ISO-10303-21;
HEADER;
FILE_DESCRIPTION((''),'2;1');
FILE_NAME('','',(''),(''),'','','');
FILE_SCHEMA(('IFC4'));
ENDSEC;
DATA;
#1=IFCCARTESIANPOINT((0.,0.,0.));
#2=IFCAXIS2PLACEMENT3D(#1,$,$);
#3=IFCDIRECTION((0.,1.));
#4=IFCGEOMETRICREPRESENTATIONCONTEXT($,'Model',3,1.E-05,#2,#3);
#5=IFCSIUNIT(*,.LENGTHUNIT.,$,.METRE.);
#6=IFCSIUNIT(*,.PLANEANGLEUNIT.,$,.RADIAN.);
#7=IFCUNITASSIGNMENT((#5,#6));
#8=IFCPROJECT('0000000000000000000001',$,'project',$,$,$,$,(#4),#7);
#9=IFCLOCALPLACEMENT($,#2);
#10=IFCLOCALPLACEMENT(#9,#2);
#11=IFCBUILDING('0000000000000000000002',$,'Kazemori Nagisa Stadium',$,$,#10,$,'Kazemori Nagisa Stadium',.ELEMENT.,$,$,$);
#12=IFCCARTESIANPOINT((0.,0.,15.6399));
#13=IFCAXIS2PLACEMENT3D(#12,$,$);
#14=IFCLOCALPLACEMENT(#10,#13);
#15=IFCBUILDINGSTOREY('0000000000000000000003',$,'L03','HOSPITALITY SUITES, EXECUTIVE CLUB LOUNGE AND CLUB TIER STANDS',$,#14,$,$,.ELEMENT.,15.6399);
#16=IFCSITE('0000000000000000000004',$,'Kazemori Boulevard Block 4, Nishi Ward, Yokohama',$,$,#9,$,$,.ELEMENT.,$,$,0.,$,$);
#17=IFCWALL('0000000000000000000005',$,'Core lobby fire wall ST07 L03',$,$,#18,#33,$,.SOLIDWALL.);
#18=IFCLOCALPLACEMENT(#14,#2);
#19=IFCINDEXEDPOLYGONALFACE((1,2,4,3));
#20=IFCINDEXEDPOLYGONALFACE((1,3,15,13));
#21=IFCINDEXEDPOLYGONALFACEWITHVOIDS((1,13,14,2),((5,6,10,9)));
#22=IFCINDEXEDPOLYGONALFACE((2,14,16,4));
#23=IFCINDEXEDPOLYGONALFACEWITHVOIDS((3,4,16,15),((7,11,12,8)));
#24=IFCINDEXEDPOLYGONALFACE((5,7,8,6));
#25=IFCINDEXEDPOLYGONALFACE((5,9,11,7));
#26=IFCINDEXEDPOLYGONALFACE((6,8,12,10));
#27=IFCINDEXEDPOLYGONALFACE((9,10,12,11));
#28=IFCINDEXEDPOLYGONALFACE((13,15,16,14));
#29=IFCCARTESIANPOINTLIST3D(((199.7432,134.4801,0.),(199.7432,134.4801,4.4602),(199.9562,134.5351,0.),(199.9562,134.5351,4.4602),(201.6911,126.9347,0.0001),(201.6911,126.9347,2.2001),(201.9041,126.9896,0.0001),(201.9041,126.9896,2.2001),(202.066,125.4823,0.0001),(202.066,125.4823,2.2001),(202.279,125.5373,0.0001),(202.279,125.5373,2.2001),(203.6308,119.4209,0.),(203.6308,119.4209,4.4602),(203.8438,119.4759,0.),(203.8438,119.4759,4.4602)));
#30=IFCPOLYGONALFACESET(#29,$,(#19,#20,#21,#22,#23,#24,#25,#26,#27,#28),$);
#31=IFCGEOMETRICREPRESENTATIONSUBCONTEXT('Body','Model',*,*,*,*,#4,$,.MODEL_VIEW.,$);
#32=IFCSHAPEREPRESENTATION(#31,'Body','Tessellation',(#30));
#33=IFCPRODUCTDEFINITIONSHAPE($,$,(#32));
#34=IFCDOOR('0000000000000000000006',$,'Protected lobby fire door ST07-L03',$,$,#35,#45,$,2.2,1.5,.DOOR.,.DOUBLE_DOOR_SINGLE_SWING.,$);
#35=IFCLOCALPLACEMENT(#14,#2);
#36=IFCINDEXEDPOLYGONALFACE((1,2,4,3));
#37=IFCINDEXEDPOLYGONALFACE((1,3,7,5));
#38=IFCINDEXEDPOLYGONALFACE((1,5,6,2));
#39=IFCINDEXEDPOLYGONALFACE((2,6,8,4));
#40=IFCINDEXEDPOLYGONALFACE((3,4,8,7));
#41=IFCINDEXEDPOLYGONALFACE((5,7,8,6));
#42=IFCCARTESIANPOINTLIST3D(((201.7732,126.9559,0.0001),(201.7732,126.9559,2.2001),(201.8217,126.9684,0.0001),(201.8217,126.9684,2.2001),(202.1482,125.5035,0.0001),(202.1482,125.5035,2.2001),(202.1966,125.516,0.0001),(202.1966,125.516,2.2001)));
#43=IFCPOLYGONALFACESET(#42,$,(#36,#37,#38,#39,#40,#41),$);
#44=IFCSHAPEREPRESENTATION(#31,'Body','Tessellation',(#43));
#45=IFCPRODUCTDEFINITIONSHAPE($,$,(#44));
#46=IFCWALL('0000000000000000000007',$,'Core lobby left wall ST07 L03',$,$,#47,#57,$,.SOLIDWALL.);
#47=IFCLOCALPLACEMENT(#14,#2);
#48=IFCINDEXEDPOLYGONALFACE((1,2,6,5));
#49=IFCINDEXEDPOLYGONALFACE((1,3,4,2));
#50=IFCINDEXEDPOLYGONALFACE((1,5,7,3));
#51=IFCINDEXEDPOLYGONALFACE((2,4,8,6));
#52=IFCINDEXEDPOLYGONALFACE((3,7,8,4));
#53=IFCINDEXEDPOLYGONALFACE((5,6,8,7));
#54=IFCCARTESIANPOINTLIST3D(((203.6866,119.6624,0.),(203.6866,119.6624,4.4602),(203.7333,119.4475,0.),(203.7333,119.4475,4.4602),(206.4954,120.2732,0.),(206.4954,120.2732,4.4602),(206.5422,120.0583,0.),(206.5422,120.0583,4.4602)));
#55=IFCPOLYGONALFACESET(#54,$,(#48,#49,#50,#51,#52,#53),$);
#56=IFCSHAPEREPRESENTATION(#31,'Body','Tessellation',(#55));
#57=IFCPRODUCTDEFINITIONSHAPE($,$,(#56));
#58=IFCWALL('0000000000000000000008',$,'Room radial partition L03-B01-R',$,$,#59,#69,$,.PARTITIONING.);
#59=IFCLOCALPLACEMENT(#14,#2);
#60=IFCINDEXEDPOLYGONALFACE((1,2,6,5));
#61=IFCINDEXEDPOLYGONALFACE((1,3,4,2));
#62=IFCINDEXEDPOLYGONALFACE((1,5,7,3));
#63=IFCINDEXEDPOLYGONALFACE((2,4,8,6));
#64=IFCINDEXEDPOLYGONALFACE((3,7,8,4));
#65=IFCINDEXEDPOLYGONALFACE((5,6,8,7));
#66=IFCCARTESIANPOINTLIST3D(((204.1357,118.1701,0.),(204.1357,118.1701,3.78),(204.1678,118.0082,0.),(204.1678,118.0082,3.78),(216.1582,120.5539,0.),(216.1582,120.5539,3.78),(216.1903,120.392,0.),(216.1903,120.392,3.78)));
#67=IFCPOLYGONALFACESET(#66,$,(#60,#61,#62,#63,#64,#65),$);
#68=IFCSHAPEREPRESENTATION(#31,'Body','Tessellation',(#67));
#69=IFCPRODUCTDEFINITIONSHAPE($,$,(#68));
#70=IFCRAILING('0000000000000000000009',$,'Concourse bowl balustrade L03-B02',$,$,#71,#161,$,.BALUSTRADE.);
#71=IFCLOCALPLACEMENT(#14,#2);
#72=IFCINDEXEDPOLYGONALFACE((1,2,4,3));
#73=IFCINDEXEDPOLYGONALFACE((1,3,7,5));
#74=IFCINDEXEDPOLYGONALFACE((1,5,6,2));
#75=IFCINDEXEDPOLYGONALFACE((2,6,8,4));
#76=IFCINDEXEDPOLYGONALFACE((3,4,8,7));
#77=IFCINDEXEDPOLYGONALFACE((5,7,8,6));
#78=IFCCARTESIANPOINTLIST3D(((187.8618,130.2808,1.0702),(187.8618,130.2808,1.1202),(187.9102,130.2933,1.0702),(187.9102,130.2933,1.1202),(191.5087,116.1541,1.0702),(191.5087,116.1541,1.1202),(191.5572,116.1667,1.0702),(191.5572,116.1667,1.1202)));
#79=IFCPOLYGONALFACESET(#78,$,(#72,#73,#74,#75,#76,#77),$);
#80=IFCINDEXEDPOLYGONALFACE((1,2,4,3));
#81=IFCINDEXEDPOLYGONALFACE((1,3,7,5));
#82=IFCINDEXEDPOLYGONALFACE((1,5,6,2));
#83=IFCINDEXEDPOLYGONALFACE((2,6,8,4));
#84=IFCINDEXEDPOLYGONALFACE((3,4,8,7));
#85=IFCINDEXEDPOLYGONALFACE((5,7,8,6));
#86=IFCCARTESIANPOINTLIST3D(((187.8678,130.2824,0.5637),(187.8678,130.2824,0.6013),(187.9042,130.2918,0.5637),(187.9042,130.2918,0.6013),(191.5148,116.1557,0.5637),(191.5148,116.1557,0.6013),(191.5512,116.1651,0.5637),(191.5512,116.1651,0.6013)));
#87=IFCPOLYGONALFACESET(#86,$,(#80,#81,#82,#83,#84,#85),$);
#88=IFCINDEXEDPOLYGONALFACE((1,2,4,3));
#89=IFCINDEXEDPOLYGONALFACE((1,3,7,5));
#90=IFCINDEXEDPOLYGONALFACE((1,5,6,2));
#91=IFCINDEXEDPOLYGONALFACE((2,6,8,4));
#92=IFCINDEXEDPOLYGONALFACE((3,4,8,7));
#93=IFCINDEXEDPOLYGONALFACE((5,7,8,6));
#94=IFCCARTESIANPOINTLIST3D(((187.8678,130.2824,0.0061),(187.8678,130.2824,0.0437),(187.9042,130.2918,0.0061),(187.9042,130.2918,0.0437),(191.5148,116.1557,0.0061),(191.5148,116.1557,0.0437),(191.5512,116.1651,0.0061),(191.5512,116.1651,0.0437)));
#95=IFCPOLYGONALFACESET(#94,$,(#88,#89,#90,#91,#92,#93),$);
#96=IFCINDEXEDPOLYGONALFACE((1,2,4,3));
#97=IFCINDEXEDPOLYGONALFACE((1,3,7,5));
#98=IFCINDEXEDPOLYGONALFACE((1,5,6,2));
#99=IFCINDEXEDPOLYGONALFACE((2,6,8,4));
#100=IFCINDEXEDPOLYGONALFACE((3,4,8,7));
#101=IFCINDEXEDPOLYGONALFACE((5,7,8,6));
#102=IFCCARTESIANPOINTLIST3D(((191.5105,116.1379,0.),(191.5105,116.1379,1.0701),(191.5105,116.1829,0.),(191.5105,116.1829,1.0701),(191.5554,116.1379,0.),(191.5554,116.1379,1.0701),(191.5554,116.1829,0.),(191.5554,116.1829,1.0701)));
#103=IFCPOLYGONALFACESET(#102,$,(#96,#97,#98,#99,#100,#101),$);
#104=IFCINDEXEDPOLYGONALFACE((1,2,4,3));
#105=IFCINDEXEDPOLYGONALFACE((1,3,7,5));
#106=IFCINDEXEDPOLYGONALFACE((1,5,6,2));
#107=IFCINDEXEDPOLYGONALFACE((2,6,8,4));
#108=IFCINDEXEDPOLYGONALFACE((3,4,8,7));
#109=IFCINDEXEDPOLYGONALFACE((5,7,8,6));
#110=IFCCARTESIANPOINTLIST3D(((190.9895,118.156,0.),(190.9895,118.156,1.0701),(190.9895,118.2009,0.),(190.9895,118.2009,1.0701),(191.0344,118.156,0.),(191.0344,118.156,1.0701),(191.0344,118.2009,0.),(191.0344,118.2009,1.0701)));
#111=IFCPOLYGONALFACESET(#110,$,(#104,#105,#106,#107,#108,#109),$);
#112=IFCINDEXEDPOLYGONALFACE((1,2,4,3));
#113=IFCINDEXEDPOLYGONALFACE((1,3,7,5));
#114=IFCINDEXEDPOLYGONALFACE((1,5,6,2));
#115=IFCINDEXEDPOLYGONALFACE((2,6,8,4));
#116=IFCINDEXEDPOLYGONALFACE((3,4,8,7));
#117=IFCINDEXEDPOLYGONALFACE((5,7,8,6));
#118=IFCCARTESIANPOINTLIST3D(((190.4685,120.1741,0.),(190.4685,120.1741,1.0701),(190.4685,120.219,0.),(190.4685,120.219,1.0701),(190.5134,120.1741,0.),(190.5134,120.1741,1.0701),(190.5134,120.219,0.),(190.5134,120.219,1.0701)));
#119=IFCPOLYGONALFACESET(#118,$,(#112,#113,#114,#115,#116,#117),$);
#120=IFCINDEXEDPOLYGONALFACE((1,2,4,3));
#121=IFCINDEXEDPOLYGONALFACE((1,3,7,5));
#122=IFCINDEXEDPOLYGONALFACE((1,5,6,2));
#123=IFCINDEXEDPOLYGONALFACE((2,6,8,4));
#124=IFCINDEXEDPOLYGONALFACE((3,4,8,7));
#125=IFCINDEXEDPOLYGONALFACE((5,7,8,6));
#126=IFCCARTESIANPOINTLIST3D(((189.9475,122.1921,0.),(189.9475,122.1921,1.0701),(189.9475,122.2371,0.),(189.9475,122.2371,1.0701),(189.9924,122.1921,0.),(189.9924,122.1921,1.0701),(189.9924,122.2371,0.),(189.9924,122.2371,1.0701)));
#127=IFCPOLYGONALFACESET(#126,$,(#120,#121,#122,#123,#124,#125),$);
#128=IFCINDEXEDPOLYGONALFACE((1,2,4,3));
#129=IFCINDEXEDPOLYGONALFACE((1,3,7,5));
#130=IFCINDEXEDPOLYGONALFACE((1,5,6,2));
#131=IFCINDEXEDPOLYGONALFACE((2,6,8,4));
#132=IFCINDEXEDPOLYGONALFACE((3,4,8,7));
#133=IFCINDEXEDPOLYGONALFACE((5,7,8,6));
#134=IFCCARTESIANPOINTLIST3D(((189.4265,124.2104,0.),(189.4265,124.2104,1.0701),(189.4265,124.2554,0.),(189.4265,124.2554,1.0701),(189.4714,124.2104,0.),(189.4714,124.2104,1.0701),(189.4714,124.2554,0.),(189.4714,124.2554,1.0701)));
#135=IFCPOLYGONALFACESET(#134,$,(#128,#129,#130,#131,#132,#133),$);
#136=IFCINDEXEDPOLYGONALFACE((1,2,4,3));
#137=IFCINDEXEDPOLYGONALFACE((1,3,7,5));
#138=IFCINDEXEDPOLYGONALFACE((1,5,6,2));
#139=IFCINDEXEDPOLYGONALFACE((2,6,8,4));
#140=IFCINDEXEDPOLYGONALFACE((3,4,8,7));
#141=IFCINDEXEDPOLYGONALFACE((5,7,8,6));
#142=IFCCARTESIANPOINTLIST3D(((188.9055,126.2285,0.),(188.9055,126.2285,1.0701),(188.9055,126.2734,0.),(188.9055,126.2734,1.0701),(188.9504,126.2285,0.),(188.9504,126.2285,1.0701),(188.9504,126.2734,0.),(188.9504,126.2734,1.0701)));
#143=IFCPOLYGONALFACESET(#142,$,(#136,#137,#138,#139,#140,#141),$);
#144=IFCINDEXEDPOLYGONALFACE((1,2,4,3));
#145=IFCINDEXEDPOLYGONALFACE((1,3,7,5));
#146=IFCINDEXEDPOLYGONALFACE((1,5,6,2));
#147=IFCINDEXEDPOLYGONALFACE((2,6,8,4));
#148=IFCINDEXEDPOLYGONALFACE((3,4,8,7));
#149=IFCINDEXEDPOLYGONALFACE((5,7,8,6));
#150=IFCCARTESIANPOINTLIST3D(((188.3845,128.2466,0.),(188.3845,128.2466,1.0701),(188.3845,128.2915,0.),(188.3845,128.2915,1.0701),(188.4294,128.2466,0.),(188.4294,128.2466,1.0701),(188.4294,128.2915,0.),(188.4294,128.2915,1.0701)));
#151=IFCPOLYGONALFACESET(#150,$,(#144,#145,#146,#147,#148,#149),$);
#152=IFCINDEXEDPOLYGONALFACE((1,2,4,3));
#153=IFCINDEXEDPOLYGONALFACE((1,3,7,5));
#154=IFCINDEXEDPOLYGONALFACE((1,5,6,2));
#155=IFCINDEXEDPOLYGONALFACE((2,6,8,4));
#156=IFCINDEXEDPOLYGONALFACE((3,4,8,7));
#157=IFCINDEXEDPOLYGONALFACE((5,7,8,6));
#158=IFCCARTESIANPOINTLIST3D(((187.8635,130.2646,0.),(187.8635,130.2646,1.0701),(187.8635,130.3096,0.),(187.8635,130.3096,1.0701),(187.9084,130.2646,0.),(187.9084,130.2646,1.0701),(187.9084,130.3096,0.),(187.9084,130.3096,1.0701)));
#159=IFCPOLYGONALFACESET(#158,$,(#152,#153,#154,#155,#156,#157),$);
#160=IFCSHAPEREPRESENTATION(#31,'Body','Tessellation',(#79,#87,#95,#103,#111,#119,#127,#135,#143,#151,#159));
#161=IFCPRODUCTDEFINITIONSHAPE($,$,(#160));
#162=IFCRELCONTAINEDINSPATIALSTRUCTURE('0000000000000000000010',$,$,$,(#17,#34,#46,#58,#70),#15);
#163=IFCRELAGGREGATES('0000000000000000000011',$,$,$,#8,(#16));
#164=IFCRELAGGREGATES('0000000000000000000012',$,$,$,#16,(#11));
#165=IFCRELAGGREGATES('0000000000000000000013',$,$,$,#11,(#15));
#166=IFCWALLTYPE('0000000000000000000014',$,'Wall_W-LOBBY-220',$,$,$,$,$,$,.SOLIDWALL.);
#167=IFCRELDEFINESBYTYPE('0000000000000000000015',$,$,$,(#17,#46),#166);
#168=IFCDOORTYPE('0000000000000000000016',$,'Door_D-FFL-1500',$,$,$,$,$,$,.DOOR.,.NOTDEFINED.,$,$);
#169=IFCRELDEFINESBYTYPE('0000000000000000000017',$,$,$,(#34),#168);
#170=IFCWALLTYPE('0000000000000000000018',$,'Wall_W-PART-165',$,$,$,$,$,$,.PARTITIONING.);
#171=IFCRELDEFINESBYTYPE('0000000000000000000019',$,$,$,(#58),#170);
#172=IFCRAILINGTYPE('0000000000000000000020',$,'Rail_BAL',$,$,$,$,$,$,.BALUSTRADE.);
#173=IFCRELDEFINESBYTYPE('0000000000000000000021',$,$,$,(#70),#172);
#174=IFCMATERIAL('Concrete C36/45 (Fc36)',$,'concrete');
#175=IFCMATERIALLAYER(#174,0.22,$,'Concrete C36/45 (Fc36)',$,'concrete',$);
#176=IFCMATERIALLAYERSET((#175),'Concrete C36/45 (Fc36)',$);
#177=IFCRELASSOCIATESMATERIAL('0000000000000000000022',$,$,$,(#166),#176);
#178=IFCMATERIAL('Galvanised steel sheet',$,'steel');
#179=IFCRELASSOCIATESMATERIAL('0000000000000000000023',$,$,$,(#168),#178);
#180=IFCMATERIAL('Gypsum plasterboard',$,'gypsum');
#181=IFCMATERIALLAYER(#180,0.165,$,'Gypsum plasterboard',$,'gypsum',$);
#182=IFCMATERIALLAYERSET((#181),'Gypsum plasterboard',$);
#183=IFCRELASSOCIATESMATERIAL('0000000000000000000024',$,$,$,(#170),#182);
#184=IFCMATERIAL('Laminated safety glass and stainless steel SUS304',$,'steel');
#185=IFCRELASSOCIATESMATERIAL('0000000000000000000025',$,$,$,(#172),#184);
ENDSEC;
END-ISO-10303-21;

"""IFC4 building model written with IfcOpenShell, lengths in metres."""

from ifc_helpers import new_model, si_unit, direction, frame, frame_2d, origin, origin_2d, place, context, subcontext, project, spatial, rectangle, extrude, material, layer, layer_set, type_object, element, fill, save


model = new_model("IFC4")

# Units and contexts
model_context = context("Model", 3, precision=1e-05, world=origin(), true_north=direction((0.0, 1.0)))
body_context = subcontext(model_context, "Body", "Model", "MODEL_VIEW")
ifc_project = project(units=[si_unit("LENGTHUNIT", "METRE"), si_unit("PLANEANGLEUNIT", "RADIAN")], contexts=[model_context])

# Site, building, storey
site_placement = place(None, origin())
site = spatial("IfcSite", under=ifc_project, at=site_placement, Name="Kazemori Boulevard Block 4, Nishi Ward, Yokohama", CompositionType="ELEMENT", RefElevation=0.0)
building_placement = place(site_placement, origin())
building = spatial("IfcBuilding", under=site, at=building_placement, Name="Kazemori Nagisa Stadium", LongName="Kazemori Nagisa Stadium", CompositionType="ELEMENT")
storey_placement = place(building_placement, frame((0.0, 0.0, 15.6399)))
storey = spatial("IfcBuildingStorey", under=building, at=storey_placement, Name="L03", Description="HOSPITALITY SUITES, EXECUTIVE CLUB LOUNGE AND CLUB TIER STANDS", CompositionType="ELEMENT", Elevation=15.6399)

# Wall, opening, door
ifc_material_1 = material(Name="Concrete C36/45 (Fc36)", Category="concrete")
ifc_layer_1 = layer(ifc_material_1, 0.22, Name="Concrete C36/45 (Fc36)", Category="concrete")
ifc_layer_set_1 = layer_set([ifc_layer_1], Name="Concrete C36/45 (Fc36)")
wall_type_1 = type_object("IfcWallType", Name="Wall_W-LOBBY-220", PredefinedType="SOLIDWALL", material=ifc_layer_set_1)
wall_1_placement = place(storey_placement, frame((203.7373, 119.4485, 0.0), z_axis=(0.0, 0.0, 1.0), x_axis=(-0.249963, 0.968255, 0.0)))
wall_1 = element("IfcWall", 1, at=wall_1_placement, inside=storey, type_object=wall_type_1, Name="Core lobby fire wall ST07 L03", PredefinedType="SOLIDWALL", context=body_context, shape_type="SweptSolid", body=[
    extrude(rectangle(XDim=15.553, YDim=0.22, at=frame_2d((7.7764, 0.0))), origin(), (0.0, 0.0, 1.0), 4.4602),
])
opening_placement = place(wall_1_placement, frame((6.26, 0.0, 0.0)))
opening = element("IfcOpeningElement", 2, at=opening_placement, cuts=wall_1, PredefinedType="OPENING", context=body_context, shape_type="SweptSolid", body=[
    extrude(rectangle(XDim=1.5, YDim=2.2, at=frame_2d((0.75, 1.1001))), frame((0.0, 0.1199, 0.0), z_axis=(0.0, -1.0, 0.0), x_axis=(1.0, 0.0, 0.0)), (0.0, 0.0, 1.0), 0.24),
])
ifc_material_2 = material(Name="Galvanised steel sheet", Category="steel")
door_type = type_object("IfcDoorType", Name="Door_D-FFL-1500", OperationType="NOTDEFINED", PredefinedType="DOOR", material=ifc_material_2)
door_placement = place(opening_placement, frame((1.5, 0.0, 0.0), z_axis=(0.0, 0.0, 1.0), x_axis=(-1.0, 0.0, 0.0)))
door = element("IfcDoor", 3, at=door_placement, inside=storey, type_object=door_type, Name="Protected lobby fire door ST07-L03", OperationType="DOUBLE_DOOR_SINGLE_SWING", OverallHeight=2.2, OverallWidth=1.5, PredefinedType="DOOR", context=body_context, shape_type="SweptSolid", body=[
    extrude(rectangle(XDim=1.5, YDim=2.2, at=frame_2d((0.75, 1.1001))), frame((0.0, 0.0249, 0.0), z_axis=(0.0, -1.0, 0.0), x_axis=(1.0, 0.0, 0.0)), (0.0, 0.0, 1.0), 0.05),
])
fill(opening, door)

# Walls
wall_2_placement = place(storey_placement, frame((203.71, 119.5549, 0.0), z_axis=(0.0, 0.0, 1.0), x_axis=(0.97716, 0.212504, 0.0)))
element("IfcWall", 4, at=wall_2_placement, inside=storey, type_object=wall_type_1, Name="Core lobby left wall ST07 L03", PredefinedType="SOLIDWALL", context=body_context, shape_type="SweptSolid", body=[
    extrude(rectangle(XDim=2.8745, YDim=0.22, at=frame_2d((1.4373, 0.0))), origin(), (0.0, 0.0, 1.0), 4.4602),
])
ifc_material_3 = material(Name="Gypsum plasterboard", Category="gypsum")
ifc_layer_2 = layer(ifc_material_3, 0.165, Name="Gypsum plasterboard", Category="gypsum")
ifc_layer_set_2 = layer_set([ifc_layer_2], Name="Gypsum plasterboard")
wall_type_2 = type_object("IfcWallType", Name="Wall_W-PART-165", PredefinedType="PARTITIONING", material=ifc_layer_set_2)
wall_3_placement = place(storey_placement, frame((204.1516, 118.0891, 0.0), z_axis=(0.0, 0.0, 1.0), x_axis=(0.980904, 0.194492, 0.0)))
element("IfcWall", 5, at=wall_3_placement, inside=storey, type_object=wall_type_2, Name="Room radial partition L03-B01-R", PredefinedType="PARTITIONING", context=body_context, shape_type="SweptSolid", body=[
    extrude(rectangle(XDim=12.2566, YDim=0.165, at=frame_2d((6.1284, 0.0))), origin(), (0.0, 0.0, 1.0), 3.78),
])

# Railing
ifc_material_4 = material(Name="Laminated safety glass and stainless steel SUS304", Category="steel")
railing_type_1 = type_object("IfcRailingType", Name="Rail_BAL", PredefinedType="BALUSTRADE", material=ifc_material_4)
railing_1_placement = place(storey_placement, frame((191.533, 116.1604, 0.0)))
element("IfcRailing", 6, at=railing_1_placement, inside=storey, type_object=railing_type_1, Name="Concourse bowl balustrade L03-B02", PredefinedType="BALUSTRADE", context=body_context, shape_type="SweptSolid", body=[
    extrude(rectangle(XDim=0.05, YDim=0.05, at=origin_2d()), frame((0.0, 0.0, 1.0952), z_axis=(-0.249966, 0.968255, 0.0), x_axis=(-0.968255, -0.249966, 0.0)), (0.0, 0.0, 1.0), 14.5898),
    extrude(rectangle(XDim=0.0376, YDim=0.0376, at=origin_2d()), frame((0.0, 0.0, 0.5825), z_axis=(-0.249966, 0.968255, 0.0), x_axis=(-0.968255, -0.249966, 0.0)), (0.0, 0.0, 1.0), 14.5898),
    extrude(rectangle(XDim=0.0376, YDim=0.0376, at=origin_2d()), frame((0.0, 0.0, 0.0249), z_axis=(-0.249966, 0.968255, 0.0), x_axis=(-0.968255, -0.249966, 0.0)), (0.0, 0.0, 1.0), 14.5898),
    extrude(rectangle(XDim=0.0449, YDim=0.0449, at=origin_2d()), origin(), (0.0, 0.0, 1.0), 1.0701),
    extrude(rectangle(XDim=0.0449, YDim=0.0449, at=origin_2d()), frame((-0.521, 2.0181, 0.0)), (0.0, 0.0, 1.0), 1.0701),
    extrude(rectangle(XDim=0.0449, YDim=0.0449, at=origin_2d()), frame((-1.042, 4.0361, 0.0)), (0.0, 0.0, 1.0), 1.0701),
    extrude(rectangle(XDim=0.0449, YDim=0.0449, at=origin_2d()), frame((-1.563, 6.0542, 0.0)), (0.0, 0.0, 1.0), 1.0701),
    extrude(rectangle(XDim=0.0449, YDim=0.0449, at=origin_2d()), frame((-2.084, 8.0725, 0.0)), (0.0, 0.0, 1.0), 1.0701),
    extrude(rectangle(XDim=0.0449, YDim=0.0449, at=origin_2d()), frame((-2.605, 10.0906, 0.0)), (0.0, 0.0, 1.0), 1.0701),
    extrude(rectangle(XDim=0.0449, YDim=0.0449, at=origin_2d()), frame((-3.126, 12.1086, 0.0)), (0.0, 0.0, 1.0), 1.0701),
    extrude(rectangle(XDim=0.0449, YDim=0.0449, at=origin_2d()), frame((-3.647, 14.1267, 0.0)), (0.0, 0.0, 1.0), 1.0701),
])

save(model, "model.ifc")
